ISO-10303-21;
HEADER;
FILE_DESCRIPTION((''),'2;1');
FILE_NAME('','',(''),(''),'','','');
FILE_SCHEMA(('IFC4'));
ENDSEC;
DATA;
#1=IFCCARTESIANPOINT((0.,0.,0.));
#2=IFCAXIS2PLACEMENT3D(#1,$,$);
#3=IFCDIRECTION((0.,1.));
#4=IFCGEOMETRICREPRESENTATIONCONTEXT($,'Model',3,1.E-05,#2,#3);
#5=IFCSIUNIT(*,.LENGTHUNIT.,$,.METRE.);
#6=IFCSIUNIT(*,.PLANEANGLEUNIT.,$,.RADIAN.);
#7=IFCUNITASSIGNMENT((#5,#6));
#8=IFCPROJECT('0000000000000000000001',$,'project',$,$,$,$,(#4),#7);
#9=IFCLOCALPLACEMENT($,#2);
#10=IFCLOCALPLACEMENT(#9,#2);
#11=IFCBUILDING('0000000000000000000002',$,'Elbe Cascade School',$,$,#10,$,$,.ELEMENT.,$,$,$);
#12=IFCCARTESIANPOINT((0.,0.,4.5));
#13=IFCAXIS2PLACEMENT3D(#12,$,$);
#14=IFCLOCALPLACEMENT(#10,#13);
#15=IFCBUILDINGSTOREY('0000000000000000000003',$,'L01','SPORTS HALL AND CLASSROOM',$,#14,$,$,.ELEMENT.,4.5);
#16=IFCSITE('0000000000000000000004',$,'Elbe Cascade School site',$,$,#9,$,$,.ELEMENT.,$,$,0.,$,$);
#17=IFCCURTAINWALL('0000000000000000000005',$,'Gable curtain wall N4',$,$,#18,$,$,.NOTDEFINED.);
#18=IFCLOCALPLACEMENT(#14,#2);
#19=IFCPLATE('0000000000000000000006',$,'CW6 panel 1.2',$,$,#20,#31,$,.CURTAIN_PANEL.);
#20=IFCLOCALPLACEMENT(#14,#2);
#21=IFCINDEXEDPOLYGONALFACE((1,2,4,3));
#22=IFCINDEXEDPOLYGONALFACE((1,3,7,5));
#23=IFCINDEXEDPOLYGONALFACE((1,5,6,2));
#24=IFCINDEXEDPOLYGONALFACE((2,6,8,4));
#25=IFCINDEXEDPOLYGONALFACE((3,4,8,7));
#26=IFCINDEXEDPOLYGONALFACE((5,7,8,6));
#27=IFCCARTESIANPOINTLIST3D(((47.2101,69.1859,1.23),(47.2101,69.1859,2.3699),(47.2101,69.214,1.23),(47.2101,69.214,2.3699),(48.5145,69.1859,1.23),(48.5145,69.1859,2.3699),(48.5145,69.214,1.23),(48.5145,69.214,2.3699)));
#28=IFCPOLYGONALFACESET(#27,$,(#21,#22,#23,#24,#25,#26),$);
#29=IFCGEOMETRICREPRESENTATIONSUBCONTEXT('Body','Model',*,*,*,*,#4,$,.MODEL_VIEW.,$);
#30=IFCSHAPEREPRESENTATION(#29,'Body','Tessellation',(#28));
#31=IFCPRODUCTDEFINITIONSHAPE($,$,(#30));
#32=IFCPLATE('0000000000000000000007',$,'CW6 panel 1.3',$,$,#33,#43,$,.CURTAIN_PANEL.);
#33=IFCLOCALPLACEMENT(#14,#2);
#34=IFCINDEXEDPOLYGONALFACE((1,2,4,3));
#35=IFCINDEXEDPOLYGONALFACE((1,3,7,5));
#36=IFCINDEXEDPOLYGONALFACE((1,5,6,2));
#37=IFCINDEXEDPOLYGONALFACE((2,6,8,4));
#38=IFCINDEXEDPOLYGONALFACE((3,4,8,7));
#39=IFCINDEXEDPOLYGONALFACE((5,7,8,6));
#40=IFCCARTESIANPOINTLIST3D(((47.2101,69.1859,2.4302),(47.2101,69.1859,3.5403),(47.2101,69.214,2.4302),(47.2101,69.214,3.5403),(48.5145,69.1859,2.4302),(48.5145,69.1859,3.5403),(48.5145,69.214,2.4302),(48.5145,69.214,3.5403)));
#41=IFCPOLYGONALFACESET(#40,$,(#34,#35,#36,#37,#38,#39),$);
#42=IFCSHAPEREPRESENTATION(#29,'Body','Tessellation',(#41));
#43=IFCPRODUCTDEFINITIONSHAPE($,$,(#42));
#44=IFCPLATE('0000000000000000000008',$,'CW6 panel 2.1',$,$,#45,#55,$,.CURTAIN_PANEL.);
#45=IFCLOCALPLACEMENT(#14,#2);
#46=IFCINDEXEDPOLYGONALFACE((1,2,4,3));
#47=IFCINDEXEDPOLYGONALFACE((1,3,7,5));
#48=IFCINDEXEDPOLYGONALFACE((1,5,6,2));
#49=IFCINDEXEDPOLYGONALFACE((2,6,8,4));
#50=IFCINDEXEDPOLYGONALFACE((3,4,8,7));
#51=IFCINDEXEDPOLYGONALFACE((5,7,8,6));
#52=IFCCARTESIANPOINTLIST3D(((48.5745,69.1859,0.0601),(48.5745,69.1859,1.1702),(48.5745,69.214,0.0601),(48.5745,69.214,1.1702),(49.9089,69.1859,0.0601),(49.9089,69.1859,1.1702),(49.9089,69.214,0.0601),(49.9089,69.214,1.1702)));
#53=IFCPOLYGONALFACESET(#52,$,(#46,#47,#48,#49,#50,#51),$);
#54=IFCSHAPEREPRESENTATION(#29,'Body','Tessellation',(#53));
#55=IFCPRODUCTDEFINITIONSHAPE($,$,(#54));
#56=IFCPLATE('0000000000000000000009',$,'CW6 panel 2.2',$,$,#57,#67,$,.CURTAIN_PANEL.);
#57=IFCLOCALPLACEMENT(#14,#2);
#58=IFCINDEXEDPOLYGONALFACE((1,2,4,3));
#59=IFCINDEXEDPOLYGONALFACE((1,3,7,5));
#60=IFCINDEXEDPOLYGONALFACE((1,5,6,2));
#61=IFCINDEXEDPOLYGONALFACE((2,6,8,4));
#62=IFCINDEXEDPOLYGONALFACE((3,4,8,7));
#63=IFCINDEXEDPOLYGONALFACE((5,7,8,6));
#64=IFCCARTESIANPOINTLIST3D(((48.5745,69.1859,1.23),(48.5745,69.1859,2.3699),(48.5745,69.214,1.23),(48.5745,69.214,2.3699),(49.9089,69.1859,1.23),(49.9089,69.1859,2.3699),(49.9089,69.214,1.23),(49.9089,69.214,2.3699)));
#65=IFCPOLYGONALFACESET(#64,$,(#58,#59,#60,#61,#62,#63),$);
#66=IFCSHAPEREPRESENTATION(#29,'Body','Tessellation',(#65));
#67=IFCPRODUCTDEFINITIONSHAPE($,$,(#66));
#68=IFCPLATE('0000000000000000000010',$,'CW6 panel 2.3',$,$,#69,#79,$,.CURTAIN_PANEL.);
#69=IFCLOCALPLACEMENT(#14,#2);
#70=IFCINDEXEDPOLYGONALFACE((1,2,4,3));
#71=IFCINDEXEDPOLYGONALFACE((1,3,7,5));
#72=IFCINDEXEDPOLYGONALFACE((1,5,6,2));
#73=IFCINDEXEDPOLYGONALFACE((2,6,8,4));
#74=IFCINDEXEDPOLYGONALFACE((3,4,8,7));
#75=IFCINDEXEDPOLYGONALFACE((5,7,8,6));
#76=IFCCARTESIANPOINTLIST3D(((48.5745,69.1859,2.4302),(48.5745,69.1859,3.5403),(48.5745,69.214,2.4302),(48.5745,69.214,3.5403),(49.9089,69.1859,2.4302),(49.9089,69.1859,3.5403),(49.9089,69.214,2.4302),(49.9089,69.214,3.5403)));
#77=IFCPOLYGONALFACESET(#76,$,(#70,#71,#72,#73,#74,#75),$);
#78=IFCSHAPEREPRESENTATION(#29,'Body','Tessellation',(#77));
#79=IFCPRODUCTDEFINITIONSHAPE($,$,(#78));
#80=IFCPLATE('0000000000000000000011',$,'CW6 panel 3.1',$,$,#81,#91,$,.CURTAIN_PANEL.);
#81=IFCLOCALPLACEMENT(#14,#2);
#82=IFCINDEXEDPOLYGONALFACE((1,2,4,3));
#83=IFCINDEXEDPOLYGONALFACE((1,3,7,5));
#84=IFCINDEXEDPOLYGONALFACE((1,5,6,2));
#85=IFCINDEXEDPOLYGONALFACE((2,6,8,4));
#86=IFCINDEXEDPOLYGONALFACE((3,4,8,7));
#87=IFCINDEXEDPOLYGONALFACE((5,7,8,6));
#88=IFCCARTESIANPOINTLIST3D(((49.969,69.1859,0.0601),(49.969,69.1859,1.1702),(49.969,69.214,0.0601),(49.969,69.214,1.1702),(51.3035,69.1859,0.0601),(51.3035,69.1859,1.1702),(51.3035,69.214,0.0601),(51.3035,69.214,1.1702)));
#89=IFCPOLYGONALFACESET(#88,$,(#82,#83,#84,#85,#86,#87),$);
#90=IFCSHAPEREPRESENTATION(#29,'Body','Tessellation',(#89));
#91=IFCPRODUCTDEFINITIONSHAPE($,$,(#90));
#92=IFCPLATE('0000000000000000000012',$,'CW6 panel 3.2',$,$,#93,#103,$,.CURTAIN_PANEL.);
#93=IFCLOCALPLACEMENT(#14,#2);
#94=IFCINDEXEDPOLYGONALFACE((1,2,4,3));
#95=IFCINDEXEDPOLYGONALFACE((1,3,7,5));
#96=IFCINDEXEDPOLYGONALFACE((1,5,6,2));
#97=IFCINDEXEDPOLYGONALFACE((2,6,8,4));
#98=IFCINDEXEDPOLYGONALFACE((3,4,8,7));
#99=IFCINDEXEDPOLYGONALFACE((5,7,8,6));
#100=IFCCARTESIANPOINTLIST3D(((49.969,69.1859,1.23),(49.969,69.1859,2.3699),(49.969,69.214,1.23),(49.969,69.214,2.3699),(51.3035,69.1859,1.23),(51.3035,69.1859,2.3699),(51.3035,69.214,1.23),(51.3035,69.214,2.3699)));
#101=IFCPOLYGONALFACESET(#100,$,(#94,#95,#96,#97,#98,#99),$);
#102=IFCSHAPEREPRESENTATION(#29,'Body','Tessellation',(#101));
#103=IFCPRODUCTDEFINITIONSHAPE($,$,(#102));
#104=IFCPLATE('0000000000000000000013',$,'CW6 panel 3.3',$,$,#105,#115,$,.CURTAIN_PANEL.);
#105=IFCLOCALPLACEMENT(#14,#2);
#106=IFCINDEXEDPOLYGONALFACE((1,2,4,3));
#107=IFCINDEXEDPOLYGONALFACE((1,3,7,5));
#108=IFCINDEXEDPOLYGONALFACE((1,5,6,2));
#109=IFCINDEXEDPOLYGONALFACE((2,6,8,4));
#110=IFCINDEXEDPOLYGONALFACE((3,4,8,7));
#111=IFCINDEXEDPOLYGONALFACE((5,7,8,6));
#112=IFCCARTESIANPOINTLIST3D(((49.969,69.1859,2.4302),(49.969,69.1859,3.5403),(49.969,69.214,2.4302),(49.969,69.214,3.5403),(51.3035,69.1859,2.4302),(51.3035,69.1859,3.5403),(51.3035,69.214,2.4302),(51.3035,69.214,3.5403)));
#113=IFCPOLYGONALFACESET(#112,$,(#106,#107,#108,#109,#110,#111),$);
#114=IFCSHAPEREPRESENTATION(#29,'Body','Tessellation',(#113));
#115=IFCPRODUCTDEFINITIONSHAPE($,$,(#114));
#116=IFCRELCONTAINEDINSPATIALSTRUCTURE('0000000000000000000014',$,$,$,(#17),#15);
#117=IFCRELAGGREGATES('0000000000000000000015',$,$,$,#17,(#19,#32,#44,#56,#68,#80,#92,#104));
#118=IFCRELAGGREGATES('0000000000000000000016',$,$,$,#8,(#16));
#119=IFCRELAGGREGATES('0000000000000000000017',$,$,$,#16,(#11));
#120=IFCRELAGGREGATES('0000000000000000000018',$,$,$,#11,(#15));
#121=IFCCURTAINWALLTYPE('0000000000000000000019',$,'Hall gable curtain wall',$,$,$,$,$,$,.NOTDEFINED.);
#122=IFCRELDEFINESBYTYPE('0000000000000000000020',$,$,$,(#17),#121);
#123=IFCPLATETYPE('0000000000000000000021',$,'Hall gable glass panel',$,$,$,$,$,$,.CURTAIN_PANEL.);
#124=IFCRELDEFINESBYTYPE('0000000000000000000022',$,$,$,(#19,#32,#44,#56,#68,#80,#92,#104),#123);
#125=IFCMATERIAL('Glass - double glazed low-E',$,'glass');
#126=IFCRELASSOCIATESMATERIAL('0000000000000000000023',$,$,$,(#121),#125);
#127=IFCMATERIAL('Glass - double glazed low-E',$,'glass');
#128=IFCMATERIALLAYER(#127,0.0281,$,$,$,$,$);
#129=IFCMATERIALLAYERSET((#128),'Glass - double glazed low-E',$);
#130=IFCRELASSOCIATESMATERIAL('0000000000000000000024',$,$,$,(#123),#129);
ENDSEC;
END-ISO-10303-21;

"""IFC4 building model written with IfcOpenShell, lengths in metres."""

from ifc_helpers import new_model, si_unit, direction, frame, origin, origin_2d, place, context, subcontext, project, spatial, rectangle, extrude, material, layer, layer_set, type_object, element, aggregate, save


model = new_model("IFC4")

# Units and contexts
model_context = context("Model", 3, precision=1e-05, world=origin(), true_north=direction((0.0, 1.0)))
body_context = subcontext(model_context, "Body", "Model", "MODEL_VIEW")
ifc_project = project(units=[si_unit("LENGTHUNIT", "METRE"), si_unit("PLANEANGLEUNIT", "RADIAN")], contexts=[model_context])

# Site, building, storey
site_placement = place(None, origin())
site = spatial("IfcSite", under=ifc_project, at=site_placement, Name="Elbe Cascade School site", CompositionType="ELEMENT", RefElevation=0.0)
building_placement = place(site_placement, origin())
building = spatial("IfcBuilding", under=site, at=building_placement, Name="Elbe Cascade School", CompositionType="ELEMENT")
storey_placement = place(building_placement, frame((0.0, 0.0, 4.5)))
storey = spatial("IfcBuildingStorey", under=building, at=storey_placement, Name="L01", Description="SPORTS HALL AND CLASSROOM", CompositionType="ELEMENT", Elevation=4.5)

# Curtain wall, plates
ifc_material_1 = material(Name="Glass - double glazed low-E", Category="glass")
curtain_wall_type = type_object("IfcCurtainWallType", Name="Hall gable curtain wall", PredefinedType="NOTDEFINED", material=ifc_material_1)
curtain_wall_placement = place(storey_placement, origin())
curtain_wall = element("IfcCurtainWall", 1, at=curtain_wall_placement, inside=storey, type_object=curtain_wall_type, Name="Gable curtain wall N4", PredefinedType="NOTDEFINED")
ifc_material_2 = material(Name="Glass - double glazed low-E", Category="glass")
ifc_layer = layer(ifc_material_2, 0.0281)
ifc_layer_set = layer_set([ifc_layer], Name="Glass - double glazed low-E")
plate_type = type_object("IfcPlateType", Name="Hall gable glass panel", PredefinedType="CURTAIN_PANEL", material=ifc_layer_set)
plate_1_placement = place(storey_placement, frame((47.8623, 69.2, 1.23), z_axis=(0.0, 0.0, 1.0), x_axis=(1.0, 0.0, 0.0)))
plate_1 = element("IfcPlate", 2, at=plate_1_placement, type_object=plate_type, Name="CW6 panel 1.2", PredefinedType="CURTAIN_PANEL", context=body_context, shape_type="SweptSolid", body=[
    extrude(rectangle(XDim=1.3044, YDim=0.0281, at=origin_2d()), origin(), (0.0, 0.0, 1.0), 1.1399),
])
plate_2_placement = place(storey_placement, frame((47.8623, 69.2, 2.4302), z_axis=(0.0, 0.0, 1.0), x_axis=(1.0, 0.0, 0.0)))
plate_2 = element("IfcPlate", 3, at=plate_2_placement, type_object=plate_type, Name="CW6 panel 1.3", PredefinedType="CURTAIN_PANEL", context=body_context, shape_type="SweptSolid", body=[
    extrude(rectangle(XDim=1.3044, YDim=0.0281, at=origin_2d()), origin(), (0.0, 0.0, 1.0), 1.1101),
])
plate_3_placement = place(storey_placement, frame((49.2417, 69.2, 0.0601), z_axis=(0.0, 0.0, 1.0), x_axis=(1.0, 0.0, 0.0)))
plate_3 = element("IfcPlate", 4, at=plate_3_placement, type_object=plate_type, Name="CW6 panel 2.1", PredefinedType="CURTAIN_PANEL", context=body_context, shape_type="SweptSolid", body=[
    extrude(rectangle(XDim=1.3345, YDim=0.0281, at=origin_2d()), origin(), (0.0, 0.0, 1.0), 1.1101),
])
plate_4_placement = place(storey_placement, frame((49.2417, 69.2, 1.23), z_axis=(0.0, 0.0, 1.0), x_axis=(1.0, 0.0, 0.0)))
plate_4 = element("IfcPlate", 5, at=plate_4_placement, type_object=plate_type, Name="CW6 panel 2.2", PredefinedType="CURTAIN_PANEL", context=body_context, shape_type="SweptSolid", body=[
    extrude(rectangle(XDim=1.3345, YDim=0.0281, at=origin_2d()), origin(), (0.0, 0.0, 1.0), 1.1399),
])
plate_5_placement = place(storey_placement, frame((49.2417, 69.2, 2.4302), z_axis=(0.0, 0.0, 1.0), x_axis=(1.0, 0.0, 0.0)))
plate_5 = element("IfcPlate", 6, at=plate_5_placement, type_object=plate_type, Name="CW6 panel 2.3", PredefinedType="CURTAIN_PANEL", context=body_context, shape_type="SweptSolid", body=[
    extrude(rectangle(XDim=1.3345, YDim=0.0281, at=origin_2d()), origin(), (0.0, 0.0, 1.0), 1.1101),
])
plate_6_placement = place(storey_placement, frame((50.6362, 69.2, 0.0601), z_axis=(0.0, 0.0, 1.0), x_axis=(1.0, 0.0, 0.0)))
plate_6 = element("IfcPlate", 7, at=plate_6_placement, type_object=plate_type, Name="CW6 panel 3.1", PredefinedType="CURTAIN_PANEL", context=body_context, shape_type="SweptSolid", body=[
    extrude(rectangle(XDim=1.3345, YDim=0.0281, at=origin_2d()), origin(), (0.0, 0.0, 1.0), 1.1101),
])
plate_7_placement = place(storey_placement, frame((50.6362, 69.2, 1.23), z_axis=(0.0, 0.0, 1.0), x_axis=(1.0, 0.0, 0.0)))
plate_7 = element("IfcPlate", 8, at=plate_7_placement, type_object=plate_type, Name="CW6 panel 3.2", PredefinedType="CURTAIN_PANEL", context=body_context, shape_type="SweptSolid", body=[
    extrude(rectangle(XDim=1.3345, YDim=0.0281, at=origin_2d()), origin(), (0.0, 0.0, 1.0), 1.1399),
])
plate_8_placement = place(storey_placement, frame((50.6362, 69.2, 2.4302), z_axis=(0.0, 0.0, 1.0), x_axis=(1.0, 0.0, 0.0)))
plate_8 = element("IfcPlate", 9, at=plate_8_placement, type_object=plate_type, Name="CW6 panel 3.3", PredefinedType="CURTAIN_PANEL", context=body_context, shape_type="SweptSolid", body=[
    extrude(rectangle(XDim=1.3345, YDim=0.0281, at=origin_2d()), origin(), (0.0, 0.0, 1.0), 1.1101),
])
aggregate(curtain_wall, [plate_1, plate_2, plate_3, plate_4, plate_5, plate_6, plate_7, plate_8])

save(model, "model.ifc")
